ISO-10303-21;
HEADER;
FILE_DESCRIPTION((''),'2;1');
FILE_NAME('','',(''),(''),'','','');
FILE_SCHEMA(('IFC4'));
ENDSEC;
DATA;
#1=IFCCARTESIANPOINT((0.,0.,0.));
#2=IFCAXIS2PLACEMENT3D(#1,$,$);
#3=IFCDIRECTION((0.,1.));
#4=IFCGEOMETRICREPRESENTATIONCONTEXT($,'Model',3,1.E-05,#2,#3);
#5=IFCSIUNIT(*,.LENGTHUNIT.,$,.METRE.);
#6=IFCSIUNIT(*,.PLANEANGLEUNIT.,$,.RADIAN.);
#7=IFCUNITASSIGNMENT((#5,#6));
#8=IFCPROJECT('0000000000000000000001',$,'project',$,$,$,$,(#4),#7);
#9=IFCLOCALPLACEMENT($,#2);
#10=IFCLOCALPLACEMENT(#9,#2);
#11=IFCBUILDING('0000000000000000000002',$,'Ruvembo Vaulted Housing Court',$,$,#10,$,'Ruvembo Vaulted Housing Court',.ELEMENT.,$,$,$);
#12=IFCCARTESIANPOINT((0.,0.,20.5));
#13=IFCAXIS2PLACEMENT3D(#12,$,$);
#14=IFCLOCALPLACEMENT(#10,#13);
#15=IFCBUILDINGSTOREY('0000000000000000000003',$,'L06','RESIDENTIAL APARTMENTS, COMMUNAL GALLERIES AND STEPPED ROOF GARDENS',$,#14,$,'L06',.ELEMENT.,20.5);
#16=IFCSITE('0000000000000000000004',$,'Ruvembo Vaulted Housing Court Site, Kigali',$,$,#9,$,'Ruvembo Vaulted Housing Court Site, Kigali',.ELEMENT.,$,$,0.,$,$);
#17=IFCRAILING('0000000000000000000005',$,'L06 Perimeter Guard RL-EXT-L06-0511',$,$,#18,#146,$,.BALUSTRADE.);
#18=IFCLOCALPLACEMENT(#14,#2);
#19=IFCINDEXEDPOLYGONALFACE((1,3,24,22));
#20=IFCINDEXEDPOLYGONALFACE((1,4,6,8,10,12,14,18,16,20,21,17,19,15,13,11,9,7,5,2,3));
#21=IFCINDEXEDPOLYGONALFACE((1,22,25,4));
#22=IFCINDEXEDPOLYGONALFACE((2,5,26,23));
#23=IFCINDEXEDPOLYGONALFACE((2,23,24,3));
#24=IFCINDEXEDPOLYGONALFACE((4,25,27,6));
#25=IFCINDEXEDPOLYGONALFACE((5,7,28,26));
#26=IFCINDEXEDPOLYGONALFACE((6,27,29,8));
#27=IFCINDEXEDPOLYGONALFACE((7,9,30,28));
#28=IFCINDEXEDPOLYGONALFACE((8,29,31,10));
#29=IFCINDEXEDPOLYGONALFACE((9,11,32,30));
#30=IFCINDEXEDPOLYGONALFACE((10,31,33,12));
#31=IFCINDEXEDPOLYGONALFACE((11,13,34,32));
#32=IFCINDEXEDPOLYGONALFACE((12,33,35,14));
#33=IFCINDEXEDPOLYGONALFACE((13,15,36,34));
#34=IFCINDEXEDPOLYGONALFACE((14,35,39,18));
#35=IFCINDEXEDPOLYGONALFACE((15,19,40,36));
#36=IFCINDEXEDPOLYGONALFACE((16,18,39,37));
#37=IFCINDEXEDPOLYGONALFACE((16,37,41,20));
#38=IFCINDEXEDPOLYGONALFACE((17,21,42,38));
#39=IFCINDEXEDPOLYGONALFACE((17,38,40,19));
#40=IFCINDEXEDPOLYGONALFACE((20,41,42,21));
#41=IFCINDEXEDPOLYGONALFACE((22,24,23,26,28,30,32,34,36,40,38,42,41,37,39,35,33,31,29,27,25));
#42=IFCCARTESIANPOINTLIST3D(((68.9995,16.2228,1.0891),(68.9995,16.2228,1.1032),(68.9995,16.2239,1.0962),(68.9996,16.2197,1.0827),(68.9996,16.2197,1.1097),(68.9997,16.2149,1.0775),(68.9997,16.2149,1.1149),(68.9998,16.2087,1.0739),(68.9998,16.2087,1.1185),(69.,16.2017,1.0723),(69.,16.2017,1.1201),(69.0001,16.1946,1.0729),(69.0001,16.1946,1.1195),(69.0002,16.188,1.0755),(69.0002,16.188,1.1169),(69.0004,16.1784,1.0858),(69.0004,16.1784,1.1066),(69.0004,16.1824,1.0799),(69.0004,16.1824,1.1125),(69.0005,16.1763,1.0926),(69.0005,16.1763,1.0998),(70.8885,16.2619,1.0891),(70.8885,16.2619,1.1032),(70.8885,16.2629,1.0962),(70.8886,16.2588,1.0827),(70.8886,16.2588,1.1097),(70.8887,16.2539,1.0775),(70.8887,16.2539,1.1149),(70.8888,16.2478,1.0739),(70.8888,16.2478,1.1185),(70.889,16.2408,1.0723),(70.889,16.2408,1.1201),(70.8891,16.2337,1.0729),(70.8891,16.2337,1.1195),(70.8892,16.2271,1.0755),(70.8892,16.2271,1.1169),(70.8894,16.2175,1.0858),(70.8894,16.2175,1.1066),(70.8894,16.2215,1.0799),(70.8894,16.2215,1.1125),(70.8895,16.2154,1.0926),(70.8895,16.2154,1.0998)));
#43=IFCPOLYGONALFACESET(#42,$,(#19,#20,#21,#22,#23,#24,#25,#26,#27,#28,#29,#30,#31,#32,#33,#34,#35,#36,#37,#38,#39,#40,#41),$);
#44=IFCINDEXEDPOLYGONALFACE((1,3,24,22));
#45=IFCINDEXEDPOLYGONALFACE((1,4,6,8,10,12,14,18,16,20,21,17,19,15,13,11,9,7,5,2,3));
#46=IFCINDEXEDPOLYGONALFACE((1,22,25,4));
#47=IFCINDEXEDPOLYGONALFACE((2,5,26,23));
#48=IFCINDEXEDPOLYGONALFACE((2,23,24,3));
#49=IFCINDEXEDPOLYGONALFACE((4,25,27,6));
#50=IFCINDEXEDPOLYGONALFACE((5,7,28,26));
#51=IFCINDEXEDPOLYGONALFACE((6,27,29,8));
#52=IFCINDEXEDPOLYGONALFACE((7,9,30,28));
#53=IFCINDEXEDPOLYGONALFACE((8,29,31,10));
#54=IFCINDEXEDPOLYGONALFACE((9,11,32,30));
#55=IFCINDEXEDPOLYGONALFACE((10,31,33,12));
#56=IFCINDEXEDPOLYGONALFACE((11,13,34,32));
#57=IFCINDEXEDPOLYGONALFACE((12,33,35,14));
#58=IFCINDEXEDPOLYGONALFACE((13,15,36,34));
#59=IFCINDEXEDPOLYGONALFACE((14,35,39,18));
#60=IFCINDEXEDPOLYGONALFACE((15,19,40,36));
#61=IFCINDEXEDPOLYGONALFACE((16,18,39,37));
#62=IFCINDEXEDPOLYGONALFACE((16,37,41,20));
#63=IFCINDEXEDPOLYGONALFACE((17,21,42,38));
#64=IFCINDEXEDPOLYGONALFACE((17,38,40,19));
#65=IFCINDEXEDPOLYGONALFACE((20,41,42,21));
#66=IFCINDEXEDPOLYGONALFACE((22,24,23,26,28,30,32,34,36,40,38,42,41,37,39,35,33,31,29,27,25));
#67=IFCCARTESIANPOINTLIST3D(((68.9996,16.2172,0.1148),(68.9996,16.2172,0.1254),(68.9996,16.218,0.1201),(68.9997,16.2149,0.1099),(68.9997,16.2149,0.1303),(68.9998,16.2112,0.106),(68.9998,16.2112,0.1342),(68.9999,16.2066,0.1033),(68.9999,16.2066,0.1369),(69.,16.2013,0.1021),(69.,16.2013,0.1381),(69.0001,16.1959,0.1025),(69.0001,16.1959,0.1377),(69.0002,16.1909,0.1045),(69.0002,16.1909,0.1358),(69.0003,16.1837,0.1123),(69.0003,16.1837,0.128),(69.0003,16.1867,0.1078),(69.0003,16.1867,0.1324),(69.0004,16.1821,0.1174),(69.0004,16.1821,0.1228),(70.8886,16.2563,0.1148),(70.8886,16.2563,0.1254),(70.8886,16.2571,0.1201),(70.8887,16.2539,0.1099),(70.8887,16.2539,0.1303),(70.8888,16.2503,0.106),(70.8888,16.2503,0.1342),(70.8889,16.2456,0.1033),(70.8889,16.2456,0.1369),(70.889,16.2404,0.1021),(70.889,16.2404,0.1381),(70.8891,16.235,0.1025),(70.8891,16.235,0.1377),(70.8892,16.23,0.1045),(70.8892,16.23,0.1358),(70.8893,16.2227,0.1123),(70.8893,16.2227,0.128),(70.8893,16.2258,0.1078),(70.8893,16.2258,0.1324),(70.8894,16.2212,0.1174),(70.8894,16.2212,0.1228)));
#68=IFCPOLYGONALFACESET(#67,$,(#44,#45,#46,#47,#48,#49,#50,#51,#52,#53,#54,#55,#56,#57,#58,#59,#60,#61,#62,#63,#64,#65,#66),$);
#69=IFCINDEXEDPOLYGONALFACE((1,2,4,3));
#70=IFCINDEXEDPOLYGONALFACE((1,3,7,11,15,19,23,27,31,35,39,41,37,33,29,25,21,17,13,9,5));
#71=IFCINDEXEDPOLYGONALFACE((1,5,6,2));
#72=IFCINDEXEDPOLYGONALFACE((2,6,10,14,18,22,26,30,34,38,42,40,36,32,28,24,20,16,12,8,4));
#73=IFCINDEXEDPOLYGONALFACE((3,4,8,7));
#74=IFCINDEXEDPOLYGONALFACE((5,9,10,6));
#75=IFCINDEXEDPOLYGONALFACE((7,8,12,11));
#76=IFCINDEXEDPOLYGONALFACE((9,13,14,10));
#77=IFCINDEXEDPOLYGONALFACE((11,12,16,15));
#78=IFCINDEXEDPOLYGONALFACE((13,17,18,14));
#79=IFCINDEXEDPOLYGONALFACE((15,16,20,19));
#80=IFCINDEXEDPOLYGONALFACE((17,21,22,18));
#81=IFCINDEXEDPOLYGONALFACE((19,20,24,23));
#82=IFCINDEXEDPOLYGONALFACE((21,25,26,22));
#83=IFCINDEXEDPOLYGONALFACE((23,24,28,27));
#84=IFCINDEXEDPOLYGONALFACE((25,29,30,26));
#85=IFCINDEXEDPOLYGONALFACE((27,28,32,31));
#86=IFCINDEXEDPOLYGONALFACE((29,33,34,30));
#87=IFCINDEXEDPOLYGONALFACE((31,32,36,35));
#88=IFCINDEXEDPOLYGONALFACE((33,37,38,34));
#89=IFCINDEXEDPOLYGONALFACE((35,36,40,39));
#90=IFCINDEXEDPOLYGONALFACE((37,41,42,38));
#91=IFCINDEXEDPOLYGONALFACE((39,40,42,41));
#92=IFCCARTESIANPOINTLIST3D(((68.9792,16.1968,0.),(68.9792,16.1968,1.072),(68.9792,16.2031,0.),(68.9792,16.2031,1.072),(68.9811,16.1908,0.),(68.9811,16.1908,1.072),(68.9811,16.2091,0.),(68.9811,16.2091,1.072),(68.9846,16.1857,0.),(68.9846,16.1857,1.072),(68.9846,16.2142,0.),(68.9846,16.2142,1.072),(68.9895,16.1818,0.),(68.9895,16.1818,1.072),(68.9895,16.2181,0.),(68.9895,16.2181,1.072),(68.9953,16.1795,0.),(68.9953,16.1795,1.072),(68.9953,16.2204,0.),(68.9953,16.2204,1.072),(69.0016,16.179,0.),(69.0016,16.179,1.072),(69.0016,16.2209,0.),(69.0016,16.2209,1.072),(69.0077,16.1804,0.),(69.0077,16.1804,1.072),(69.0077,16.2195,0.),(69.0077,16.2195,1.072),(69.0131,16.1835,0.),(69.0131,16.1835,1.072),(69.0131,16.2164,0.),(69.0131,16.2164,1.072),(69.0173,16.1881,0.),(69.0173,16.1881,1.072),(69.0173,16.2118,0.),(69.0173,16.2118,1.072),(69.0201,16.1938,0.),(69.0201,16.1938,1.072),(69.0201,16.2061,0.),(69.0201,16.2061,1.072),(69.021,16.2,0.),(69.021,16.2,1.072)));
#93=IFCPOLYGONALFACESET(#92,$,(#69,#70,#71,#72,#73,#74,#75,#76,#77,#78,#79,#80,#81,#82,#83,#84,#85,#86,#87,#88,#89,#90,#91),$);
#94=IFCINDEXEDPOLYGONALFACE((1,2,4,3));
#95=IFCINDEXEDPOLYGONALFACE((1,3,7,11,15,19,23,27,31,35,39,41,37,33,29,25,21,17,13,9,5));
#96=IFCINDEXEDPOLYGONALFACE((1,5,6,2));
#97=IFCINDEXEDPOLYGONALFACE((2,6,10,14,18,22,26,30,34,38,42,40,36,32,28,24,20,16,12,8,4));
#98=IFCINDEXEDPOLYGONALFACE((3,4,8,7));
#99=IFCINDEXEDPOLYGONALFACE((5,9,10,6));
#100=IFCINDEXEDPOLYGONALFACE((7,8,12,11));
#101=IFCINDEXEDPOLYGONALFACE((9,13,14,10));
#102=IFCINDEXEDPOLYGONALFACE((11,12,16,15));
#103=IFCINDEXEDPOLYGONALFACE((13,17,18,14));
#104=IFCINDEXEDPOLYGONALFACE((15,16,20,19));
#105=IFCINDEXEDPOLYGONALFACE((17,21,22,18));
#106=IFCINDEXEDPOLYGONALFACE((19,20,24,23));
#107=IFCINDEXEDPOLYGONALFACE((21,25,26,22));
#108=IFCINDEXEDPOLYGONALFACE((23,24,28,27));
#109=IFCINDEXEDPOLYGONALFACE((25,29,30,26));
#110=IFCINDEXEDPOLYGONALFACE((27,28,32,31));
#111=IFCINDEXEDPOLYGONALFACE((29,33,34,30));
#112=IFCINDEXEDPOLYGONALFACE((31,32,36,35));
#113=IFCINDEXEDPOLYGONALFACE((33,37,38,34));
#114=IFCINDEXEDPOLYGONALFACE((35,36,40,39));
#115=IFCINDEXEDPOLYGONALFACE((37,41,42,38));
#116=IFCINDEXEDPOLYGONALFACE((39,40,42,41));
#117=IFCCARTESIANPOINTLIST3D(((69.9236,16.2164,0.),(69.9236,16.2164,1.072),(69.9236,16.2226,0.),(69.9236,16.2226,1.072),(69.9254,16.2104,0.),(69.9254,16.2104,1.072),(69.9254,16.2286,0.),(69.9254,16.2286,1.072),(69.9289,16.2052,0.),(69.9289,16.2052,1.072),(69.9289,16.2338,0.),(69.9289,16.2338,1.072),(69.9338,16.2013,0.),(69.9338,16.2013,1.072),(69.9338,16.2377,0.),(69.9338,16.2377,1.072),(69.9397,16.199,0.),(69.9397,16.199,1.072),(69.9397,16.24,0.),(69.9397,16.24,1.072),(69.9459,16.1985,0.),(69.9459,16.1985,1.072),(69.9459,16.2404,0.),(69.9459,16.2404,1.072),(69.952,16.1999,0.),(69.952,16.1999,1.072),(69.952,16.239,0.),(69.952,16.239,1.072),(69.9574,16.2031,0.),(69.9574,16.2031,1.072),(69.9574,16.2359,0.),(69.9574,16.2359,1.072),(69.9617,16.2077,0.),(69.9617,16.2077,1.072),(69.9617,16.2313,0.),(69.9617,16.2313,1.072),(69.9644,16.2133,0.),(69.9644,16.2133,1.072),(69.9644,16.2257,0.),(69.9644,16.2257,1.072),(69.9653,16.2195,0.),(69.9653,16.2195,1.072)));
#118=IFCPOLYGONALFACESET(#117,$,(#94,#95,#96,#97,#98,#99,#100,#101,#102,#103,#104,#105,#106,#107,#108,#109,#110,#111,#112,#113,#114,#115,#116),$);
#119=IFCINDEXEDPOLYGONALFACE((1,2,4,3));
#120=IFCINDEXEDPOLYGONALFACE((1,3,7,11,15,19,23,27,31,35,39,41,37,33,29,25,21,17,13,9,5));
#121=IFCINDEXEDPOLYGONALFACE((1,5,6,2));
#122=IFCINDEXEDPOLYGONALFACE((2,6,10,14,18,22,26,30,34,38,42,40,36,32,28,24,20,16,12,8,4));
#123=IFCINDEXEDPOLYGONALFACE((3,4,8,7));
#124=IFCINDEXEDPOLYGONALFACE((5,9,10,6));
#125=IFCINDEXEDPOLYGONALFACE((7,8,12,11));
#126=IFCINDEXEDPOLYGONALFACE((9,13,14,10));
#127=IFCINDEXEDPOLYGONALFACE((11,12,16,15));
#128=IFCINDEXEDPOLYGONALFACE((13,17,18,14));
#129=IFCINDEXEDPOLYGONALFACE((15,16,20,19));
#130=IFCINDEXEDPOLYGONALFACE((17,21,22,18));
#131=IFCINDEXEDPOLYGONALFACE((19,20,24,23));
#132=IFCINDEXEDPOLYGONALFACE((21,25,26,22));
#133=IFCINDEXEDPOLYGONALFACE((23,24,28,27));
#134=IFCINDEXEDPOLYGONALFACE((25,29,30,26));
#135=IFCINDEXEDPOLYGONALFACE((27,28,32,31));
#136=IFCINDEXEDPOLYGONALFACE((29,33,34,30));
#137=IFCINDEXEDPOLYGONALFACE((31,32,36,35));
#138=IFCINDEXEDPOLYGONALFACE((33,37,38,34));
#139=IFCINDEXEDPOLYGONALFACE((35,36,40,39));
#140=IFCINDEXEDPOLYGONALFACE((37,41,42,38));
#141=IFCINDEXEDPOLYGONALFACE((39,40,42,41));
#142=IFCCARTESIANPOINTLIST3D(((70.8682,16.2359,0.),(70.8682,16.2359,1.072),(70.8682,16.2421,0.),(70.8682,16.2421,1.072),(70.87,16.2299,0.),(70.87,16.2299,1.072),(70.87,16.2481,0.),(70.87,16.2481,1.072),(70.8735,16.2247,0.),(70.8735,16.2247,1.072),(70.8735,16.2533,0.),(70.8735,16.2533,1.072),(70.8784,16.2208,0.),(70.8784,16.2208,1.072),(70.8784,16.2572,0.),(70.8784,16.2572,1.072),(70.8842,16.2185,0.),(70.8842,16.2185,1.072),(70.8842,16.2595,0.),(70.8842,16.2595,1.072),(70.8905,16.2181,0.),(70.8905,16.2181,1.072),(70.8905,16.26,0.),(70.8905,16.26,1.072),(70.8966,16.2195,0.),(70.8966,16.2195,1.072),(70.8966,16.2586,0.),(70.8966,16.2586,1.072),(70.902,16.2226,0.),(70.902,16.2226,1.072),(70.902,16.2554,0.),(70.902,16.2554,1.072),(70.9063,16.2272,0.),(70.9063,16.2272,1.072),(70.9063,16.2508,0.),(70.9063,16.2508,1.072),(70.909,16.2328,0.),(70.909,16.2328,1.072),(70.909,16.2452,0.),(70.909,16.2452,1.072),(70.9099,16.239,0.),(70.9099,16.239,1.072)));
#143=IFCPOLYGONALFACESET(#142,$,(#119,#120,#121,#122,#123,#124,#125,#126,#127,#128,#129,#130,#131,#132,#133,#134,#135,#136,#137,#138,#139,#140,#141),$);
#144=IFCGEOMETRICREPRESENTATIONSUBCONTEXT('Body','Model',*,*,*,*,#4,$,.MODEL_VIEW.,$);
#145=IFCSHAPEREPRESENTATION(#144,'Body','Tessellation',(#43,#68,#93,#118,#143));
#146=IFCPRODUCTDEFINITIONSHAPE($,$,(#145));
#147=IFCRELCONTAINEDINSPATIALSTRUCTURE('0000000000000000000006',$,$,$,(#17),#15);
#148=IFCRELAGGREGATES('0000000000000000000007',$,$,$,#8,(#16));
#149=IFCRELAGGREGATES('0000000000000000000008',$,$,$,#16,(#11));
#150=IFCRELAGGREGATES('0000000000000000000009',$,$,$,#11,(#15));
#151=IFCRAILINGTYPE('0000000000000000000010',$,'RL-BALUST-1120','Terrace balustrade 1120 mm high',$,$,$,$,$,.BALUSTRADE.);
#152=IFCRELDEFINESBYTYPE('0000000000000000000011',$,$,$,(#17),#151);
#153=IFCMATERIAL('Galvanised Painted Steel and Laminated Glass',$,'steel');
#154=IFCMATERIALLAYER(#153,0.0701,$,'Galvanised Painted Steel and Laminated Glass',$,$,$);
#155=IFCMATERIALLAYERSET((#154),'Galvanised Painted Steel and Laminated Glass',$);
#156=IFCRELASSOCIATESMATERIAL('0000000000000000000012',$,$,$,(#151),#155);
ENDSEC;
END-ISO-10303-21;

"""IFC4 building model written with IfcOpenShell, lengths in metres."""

from ifc_helpers import new_model, si_unit, direction, frame, origin, origin_2d, place, context, subcontext, project, spatial, circle, extrude, material, layer, layer_set, type_object, element, save


model = new_model("IFC4")

# Units and contexts
model_context = context("Model", 3, precision=1e-05, world=origin(), true_north=direction((0.0, 1.0)))
body_context = subcontext(model_context, "Body", "Model", "MODEL_VIEW")
ifc_project = project(units=[si_unit("LENGTHUNIT", "METRE"), si_unit("PLANEANGLEUNIT", "RADIAN")], contexts=[model_context])

# Site, building, storey
site_placement = place(None, origin())
site = spatial("IfcSite", under=ifc_project, at=site_placement, Name="Ruvembo Vaulted Housing Court Site, Kigali", LongName="Ruvembo Vaulted Housing Court Site, Kigali", CompositionType="ELEMENT", RefElevation=0.0)
building_placement = place(site_placement, origin())
building = spatial("IfcBuilding", under=site, at=building_placement, Name="Ruvembo Vaulted Housing Court", LongName="Ruvembo Vaulted Housing Court", CompositionType="ELEMENT")
storey_placement = place(building_placement, frame((0.0, 0.0, 20.5)))
storey = spatial("IfcBuildingStorey", under=building, at=storey_placement, Name="L06", Description="RESIDENTIAL APARTMENTS, COMMUNAL GALLERIES AND STEPPED ROOF GARDENS", LongName="L06", CompositionType="ELEMENT", Elevation=20.5)

# Railing
ifc_material_1 = material(Name="Galvanised Painted Steel and Laminated Glass", Category="steel")
ifc_layer = layer(ifc_material_1, 0.0701, Name="Galvanised Painted Steel and Laminated Glass")
ifc_layer_set = layer_set([ifc_layer], Name="Galvanised Painted Steel and Laminated Glass")
railing_type = type_object("IfcRailingType", Name="RL-BALUST-1120", Description="Terrace balustrade 1120 mm high", PredefinedType="BALUSTRADE", material=ifc_layer_set)
railing_1_placement = place(storey_placement, frame((69.0, 16.2, 0.0)))
element("IfcRailing", 1, at=railing_1_placement, inside=storey, type_object=railing_type, Name="L06 Perimeter Guard RL-EXT-L06-0511", PredefinedType="BALUSTRADE", context=body_context, shape_type="SweptSolid", body=[
    extrude(circle(Radius=0.0239, at=origin_2d()), frame((0.0, 0.0, 1.0962), z_axis=(0.999786, 0.020675, 0.0), x_axis=(-0.020675, 0.999786, 0.0)), (0.0, 0.0, 1.0), 1.8894),
    extrude(circle(Radius=0.0181, at=origin_2d()), frame((0.0, 0.0, 0.1201), z_axis=(0.999786, 0.020675, 0.0), x_axis=(-0.020675, 0.999786, 0.0)), (0.0, 0.0, 1.0), 1.8894),
    extrude(circle(Radius=0.021, at=origin_2d()), origin(), (0.0, 0.0, 1.0), 1.072),
    extrude(circle(Radius=0.021, at=origin_2d()), frame((0.9443, 0.0195, 0.0)), (0.0, 0.0, 1.0), 1.072),
    extrude(circle(Radius=0.021, at=origin_2d()), frame((1.8889, 0.0391, 0.0)), (0.0, 0.0, 1.0), 1.072),
])

save(model, "model.ifc")
